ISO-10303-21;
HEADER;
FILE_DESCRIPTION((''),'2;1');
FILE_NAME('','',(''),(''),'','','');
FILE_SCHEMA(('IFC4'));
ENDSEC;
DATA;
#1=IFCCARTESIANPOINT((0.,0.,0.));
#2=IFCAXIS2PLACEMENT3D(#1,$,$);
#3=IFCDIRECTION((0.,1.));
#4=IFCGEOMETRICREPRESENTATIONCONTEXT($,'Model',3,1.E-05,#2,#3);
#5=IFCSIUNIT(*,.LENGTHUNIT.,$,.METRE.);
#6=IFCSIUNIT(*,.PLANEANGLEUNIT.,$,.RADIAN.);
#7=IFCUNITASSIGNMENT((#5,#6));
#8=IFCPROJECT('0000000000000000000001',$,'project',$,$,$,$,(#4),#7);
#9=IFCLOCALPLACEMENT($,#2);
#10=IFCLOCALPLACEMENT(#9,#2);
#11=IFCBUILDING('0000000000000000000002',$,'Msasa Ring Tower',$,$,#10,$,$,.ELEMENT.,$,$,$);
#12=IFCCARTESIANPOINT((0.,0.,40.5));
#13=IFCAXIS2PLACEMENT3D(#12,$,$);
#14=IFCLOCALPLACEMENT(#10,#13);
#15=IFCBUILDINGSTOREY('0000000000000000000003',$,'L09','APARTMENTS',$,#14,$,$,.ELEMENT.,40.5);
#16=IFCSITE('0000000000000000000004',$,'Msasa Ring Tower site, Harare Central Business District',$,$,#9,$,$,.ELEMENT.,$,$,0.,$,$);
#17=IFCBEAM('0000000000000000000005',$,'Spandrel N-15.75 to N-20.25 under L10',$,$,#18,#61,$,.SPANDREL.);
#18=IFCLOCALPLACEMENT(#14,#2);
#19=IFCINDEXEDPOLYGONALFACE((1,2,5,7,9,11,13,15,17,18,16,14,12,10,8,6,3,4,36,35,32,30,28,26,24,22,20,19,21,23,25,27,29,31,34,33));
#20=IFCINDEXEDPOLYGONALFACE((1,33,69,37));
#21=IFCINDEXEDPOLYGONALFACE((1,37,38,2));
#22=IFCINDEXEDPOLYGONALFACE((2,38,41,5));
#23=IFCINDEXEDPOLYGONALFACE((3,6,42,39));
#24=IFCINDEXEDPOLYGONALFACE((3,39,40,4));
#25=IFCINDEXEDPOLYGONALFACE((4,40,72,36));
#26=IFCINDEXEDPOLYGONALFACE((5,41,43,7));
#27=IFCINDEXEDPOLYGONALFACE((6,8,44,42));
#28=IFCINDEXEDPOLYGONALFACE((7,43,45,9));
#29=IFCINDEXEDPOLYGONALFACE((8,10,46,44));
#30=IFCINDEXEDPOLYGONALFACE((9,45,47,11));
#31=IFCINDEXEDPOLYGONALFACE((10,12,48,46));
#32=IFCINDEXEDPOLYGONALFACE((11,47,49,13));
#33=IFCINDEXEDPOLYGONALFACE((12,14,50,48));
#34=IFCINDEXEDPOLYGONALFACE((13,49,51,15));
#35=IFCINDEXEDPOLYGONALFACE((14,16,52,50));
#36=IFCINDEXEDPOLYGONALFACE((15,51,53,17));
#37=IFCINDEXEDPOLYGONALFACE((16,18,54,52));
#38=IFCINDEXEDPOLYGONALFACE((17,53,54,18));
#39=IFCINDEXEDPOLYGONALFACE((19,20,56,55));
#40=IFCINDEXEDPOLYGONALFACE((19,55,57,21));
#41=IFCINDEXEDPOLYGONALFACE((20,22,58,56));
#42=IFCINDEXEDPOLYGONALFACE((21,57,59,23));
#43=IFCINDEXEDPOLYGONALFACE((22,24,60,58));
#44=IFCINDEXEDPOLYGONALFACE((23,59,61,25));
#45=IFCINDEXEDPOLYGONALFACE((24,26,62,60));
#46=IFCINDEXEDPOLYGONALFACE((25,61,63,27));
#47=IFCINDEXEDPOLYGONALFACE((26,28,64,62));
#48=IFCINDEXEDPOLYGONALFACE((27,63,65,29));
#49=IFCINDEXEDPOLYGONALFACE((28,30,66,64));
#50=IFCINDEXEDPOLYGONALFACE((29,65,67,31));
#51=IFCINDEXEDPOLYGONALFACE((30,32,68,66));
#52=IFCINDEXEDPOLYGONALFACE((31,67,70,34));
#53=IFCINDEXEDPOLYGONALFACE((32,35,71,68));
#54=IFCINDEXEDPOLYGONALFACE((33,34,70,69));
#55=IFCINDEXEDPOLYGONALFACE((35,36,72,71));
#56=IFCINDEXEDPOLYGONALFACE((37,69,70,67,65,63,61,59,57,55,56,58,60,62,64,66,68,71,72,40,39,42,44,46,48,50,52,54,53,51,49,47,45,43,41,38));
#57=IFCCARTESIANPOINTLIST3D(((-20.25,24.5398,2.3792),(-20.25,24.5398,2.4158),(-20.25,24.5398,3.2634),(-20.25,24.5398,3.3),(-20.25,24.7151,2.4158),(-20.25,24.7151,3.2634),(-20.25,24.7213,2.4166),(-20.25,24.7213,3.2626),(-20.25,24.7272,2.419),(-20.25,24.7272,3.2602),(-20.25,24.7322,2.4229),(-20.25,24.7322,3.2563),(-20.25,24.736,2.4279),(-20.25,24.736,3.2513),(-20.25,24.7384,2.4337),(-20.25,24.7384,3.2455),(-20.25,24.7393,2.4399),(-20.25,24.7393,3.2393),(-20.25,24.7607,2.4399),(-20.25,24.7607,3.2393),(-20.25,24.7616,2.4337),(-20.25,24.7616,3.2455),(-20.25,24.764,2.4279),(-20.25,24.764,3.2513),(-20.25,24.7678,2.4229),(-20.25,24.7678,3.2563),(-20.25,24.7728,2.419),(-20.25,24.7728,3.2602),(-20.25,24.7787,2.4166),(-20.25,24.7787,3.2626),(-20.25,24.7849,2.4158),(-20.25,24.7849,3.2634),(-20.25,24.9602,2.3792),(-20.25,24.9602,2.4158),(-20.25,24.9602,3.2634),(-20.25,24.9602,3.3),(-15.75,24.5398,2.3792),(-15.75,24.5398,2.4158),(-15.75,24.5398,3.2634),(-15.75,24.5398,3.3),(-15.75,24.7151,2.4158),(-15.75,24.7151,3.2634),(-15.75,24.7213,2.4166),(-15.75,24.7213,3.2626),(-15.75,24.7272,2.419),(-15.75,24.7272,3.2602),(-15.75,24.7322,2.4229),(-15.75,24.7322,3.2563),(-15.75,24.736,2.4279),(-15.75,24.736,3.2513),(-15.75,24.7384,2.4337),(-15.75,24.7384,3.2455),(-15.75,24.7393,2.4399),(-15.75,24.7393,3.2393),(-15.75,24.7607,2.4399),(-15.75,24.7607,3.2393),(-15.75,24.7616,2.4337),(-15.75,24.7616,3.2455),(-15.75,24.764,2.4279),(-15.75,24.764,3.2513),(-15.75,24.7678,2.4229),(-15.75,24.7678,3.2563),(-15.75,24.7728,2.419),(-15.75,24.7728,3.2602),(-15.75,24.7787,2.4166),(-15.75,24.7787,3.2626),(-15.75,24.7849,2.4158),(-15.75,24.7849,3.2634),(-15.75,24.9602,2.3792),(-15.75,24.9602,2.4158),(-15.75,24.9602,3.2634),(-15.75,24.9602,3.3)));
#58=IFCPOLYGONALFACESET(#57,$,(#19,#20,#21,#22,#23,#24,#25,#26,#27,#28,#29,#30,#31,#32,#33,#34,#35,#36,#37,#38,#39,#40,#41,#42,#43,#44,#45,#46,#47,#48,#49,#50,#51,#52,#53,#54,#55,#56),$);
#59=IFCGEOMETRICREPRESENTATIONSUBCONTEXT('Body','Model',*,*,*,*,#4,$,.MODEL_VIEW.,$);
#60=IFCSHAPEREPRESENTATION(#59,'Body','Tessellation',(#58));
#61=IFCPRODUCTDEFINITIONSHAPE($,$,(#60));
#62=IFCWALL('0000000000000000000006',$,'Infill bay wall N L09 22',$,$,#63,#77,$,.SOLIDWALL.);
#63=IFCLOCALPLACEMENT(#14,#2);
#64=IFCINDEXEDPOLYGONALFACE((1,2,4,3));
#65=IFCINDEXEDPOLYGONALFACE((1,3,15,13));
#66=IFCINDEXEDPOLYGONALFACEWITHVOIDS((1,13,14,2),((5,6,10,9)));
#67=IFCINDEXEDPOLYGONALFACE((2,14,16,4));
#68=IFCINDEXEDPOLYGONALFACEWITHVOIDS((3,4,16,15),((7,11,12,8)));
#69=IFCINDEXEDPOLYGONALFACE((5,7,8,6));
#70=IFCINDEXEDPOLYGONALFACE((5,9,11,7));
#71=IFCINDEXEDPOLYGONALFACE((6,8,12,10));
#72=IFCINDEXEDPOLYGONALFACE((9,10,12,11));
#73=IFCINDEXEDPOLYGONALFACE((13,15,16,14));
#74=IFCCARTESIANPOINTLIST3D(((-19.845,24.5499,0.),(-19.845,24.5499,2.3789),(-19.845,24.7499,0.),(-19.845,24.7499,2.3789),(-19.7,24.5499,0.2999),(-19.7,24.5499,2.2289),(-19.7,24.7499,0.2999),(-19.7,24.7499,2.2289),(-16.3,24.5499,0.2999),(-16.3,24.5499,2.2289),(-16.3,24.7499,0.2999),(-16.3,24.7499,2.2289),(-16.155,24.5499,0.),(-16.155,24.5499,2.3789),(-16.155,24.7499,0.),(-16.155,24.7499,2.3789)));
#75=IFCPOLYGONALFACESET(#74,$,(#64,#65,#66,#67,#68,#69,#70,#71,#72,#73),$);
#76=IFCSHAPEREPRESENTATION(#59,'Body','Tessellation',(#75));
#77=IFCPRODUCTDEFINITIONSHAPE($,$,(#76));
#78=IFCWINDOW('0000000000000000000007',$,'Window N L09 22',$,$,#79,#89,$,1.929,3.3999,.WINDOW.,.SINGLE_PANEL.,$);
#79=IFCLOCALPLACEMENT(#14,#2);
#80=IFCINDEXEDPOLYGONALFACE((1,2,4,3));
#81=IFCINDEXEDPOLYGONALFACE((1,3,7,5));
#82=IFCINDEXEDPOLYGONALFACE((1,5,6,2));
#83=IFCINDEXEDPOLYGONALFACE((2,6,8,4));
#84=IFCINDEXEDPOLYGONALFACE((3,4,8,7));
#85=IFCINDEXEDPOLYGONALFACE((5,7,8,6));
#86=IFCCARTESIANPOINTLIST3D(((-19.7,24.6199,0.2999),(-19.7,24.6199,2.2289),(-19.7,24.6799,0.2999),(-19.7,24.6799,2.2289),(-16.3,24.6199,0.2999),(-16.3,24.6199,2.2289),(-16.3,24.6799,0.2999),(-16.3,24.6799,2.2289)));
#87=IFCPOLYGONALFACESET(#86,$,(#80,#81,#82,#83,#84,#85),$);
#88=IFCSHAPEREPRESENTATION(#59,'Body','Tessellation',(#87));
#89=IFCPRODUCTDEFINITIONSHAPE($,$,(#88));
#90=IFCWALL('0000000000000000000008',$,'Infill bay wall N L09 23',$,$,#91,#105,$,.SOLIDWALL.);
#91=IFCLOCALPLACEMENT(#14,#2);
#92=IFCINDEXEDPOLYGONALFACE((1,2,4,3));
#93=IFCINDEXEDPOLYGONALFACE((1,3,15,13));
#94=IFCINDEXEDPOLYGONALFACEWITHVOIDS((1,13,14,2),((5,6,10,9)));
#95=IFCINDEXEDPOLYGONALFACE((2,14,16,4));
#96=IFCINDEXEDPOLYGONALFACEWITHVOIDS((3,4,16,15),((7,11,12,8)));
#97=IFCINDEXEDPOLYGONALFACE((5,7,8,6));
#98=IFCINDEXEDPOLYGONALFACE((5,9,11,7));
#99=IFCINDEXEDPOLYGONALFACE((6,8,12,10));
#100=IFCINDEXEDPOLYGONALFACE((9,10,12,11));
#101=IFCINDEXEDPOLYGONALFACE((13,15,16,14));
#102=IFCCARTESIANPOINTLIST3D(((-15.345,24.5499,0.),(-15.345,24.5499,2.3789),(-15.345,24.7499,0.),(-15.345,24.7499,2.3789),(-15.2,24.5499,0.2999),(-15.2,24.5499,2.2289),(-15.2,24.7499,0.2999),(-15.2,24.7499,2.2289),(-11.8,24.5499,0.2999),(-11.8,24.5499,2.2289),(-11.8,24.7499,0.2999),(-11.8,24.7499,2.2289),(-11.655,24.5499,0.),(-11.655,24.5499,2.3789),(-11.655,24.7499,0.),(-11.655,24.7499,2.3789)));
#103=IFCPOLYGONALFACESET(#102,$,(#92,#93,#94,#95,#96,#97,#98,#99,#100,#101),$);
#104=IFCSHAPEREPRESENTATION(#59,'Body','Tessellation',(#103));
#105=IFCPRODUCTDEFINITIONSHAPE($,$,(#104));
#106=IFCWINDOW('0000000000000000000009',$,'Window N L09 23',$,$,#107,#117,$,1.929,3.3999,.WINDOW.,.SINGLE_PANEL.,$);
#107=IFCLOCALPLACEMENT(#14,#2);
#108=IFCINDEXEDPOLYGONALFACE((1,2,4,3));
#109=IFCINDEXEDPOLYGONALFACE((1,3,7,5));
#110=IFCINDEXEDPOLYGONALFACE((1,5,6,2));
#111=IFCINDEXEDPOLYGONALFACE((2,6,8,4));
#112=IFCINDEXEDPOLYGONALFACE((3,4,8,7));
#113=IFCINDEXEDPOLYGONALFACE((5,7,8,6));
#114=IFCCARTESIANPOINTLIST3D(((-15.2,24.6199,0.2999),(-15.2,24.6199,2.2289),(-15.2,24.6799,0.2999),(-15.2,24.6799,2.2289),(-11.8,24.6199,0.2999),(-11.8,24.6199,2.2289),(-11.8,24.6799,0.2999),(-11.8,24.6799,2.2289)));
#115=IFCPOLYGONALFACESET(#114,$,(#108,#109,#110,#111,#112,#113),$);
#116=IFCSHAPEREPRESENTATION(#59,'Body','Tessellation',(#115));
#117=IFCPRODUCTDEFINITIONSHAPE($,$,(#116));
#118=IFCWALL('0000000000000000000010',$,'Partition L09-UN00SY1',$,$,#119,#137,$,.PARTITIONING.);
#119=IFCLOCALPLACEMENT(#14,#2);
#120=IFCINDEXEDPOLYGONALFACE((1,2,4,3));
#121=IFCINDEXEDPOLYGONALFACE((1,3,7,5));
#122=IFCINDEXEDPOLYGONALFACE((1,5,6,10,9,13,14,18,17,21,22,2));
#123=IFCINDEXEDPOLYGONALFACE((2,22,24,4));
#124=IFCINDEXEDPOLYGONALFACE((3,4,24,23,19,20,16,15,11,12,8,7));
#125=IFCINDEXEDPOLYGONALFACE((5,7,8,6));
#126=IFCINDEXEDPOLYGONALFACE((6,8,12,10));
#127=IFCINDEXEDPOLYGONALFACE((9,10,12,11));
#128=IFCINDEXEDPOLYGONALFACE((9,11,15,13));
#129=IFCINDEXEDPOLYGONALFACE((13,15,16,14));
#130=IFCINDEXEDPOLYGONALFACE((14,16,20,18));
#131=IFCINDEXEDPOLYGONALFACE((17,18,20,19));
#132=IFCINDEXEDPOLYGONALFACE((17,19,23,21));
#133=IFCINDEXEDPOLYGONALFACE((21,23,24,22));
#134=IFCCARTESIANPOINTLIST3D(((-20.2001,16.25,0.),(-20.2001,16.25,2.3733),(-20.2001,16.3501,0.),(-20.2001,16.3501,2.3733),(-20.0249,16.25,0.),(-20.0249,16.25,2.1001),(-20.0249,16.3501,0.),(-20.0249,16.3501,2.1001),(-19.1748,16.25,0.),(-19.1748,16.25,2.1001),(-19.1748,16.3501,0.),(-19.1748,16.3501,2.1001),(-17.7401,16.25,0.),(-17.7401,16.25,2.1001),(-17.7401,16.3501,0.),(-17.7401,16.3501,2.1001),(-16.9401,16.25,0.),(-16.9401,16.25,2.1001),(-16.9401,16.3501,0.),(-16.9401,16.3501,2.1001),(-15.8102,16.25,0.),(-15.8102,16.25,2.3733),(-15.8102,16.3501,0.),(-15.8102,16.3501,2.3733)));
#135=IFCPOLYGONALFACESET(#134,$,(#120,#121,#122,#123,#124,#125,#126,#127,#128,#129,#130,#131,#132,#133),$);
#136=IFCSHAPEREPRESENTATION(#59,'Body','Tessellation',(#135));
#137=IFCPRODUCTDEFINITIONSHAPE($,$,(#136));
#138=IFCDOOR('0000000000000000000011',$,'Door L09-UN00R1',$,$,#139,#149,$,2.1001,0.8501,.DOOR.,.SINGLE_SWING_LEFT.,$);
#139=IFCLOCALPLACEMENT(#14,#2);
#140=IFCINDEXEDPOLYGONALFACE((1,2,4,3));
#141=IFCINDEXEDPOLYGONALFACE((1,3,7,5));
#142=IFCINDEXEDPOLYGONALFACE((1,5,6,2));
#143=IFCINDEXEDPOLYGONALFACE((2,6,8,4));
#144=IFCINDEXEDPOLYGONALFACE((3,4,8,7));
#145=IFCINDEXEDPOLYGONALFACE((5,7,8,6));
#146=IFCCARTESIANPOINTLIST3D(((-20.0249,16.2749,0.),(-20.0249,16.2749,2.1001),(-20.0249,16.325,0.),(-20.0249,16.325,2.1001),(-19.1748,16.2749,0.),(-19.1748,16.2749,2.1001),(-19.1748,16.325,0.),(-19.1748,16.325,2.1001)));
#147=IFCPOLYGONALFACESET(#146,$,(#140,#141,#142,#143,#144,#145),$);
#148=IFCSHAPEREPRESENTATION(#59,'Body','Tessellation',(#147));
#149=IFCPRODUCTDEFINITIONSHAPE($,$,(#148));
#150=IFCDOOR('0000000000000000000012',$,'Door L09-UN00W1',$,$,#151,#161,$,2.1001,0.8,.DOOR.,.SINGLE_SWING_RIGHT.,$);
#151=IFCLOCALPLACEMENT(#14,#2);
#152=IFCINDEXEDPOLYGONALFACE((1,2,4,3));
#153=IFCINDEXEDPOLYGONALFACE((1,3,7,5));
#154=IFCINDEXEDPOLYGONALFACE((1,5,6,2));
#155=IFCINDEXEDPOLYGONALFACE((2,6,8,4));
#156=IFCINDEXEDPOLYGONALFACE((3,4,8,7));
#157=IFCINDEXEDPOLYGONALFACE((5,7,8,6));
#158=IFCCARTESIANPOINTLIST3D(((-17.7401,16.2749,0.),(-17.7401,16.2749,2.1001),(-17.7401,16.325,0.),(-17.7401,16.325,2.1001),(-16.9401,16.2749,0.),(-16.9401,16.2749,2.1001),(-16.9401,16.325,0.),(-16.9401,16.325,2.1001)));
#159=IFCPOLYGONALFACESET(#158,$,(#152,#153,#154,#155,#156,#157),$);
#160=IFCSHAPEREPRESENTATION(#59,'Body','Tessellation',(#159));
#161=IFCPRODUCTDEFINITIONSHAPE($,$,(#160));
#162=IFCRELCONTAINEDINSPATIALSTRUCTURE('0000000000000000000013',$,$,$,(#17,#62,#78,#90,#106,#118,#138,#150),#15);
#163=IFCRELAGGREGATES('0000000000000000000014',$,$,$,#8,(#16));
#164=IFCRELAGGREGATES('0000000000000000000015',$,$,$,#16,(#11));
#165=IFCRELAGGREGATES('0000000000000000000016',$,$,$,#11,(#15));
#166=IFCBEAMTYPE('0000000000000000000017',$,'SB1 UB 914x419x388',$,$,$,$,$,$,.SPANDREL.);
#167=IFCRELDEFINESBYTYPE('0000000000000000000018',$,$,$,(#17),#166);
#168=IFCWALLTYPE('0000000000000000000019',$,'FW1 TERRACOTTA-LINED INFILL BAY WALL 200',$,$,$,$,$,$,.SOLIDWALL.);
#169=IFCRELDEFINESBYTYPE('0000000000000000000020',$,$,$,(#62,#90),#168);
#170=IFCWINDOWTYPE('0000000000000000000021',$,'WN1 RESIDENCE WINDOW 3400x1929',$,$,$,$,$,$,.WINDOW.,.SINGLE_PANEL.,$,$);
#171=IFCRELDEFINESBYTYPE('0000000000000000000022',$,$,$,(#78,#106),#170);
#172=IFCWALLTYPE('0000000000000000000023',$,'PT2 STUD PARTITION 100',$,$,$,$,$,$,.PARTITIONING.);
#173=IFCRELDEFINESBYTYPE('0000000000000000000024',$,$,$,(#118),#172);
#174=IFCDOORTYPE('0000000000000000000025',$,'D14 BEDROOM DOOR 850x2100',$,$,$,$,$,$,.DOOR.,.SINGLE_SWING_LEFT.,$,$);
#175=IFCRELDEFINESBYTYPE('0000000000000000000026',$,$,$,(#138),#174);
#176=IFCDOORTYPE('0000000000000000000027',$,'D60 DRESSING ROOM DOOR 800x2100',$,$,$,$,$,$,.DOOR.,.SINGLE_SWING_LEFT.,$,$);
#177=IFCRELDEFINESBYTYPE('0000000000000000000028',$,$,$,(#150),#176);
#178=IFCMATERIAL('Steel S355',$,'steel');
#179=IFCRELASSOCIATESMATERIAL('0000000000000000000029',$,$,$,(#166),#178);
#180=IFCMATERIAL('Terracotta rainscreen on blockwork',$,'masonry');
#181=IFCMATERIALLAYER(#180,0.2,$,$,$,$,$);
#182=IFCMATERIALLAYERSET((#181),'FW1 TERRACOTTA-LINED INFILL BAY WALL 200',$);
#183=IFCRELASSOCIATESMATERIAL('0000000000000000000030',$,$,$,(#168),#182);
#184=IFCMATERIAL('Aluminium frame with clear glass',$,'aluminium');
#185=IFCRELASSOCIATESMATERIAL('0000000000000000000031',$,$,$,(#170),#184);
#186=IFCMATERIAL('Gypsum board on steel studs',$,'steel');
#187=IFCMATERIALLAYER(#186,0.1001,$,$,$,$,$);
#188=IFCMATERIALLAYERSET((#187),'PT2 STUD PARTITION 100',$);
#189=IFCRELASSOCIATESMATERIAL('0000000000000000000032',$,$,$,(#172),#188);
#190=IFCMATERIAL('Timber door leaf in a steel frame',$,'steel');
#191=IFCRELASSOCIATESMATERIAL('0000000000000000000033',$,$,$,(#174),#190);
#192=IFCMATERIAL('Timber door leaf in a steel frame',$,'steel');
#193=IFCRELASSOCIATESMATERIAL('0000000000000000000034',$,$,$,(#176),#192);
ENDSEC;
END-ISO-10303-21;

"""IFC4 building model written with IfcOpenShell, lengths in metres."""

from ifc_helpers import new_model, si_unit, direction, frame, frame_2d, origin, origin_2d, place, context, subcontext, project, spatial, rectangle, i_section, extrude, material, layer, layer_set, material_profile, profile_set, type_object, element, fill, save


model = new_model("IFC4")

# Units and contexts
model_context = context("Model", 3, precision=1e-05, world=origin(), true_north=direction((0.0, 1.0)))
body_context = subcontext(model_context, "Body", "Model", "MODEL_VIEW")
ifc_project = project(units=[si_unit("LENGTHUNIT", "METRE"), si_unit("PLANEANGLEUNIT", "RADIAN")], contexts=[model_context])

# Site, building, storey
site_placement = place(None, origin())
site = spatial("IfcSite", under=ifc_project, at=site_placement, Name="Msasa Ring Tower site, Harare Central Business District", CompositionType="ELEMENT", RefElevation=0.0)
building_placement = place(site_placement, origin())
building = spatial("IfcBuilding", under=site, at=building_placement, Name="Msasa Ring Tower", CompositionType="ELEMENT")
storey_placement = place(building_placement, frame((0.0, 0.0, 40.5)))
storey = spatial("IfcBuildingStorey", under=building, at=storey_placement, Name="L09", Description="APARTMENTS", CompositionType="ELEMENT", Elevation=40.5)

# Beam
ifc_material_1 = material(Name="Steel S355", Category="steel")
ifc_material_profile_1 = material_profile(ifc_material_1, i_section(OverallWidth=0.4204, OverallDepth=0.9209, WebThickness=0.0215, FlangeThickness=0.0366, FilletRadius=0.0242, at=origin_2d()), Name="UB 914x419x388")
ifc_profile_set_1 = profile_set([ifc_material_profile_1], Name="Steel S355")
beam_type_1 = type_object("IfcBeamType", Name="SB1 UB 914x419x388", PredefinedType="SPANDREL", material=ifc_profile_set_1)
for number, where, z_axis, x_axis, name in (
    (1, (-15.75, 24.75, 2.8396), (-1.0, 0.0, 0.0), (0.0, -1.0, 0.0), "Spandrel N-15.75 to N-20.25 under L10"),
):
    element("IfcBeam", number, at=place(storey_placement, frame(where, z_axis=z_axis, x_axis=x_axis)), inside=storey, type_object=beam_type_1, Name=name, PredefinedType="SPANDREL", context=body_context, shape_type="SweptSolid", body=[
        extrude(i_section(OverallWidth=0.4204, OverallDepth=0.9209, WebThickness=0.0215, FlangeThickness=0.0366, FilletRadius=0.0242, at=origin_2d()), origin(), (0.0, 0.0, 1.0), 4.5),
    ])

# Walls, openings, windows
ifc_material_2 = material(Name="Terracotta rainscreen on blockwork", Category="masonry")
ifc_layer_1 = layer(ifc_material_2, 0.2)
ifc_layer_set_1 = layer_set([ifc_layer_1], Name="FW1 TERRACOTTA-LINED INFILL BAY WALL 200")
wall_type_1 = type_object("IfcWallType", Name="FW1 TERRACOTTA-LINED INFILL BAY WALL 200", PredefinedType="SOLIDWALL", material=ifc_layer_set_1)
wall_1_placement = place(storey_placement, frame((-19.845, 24.6499, 0.0), z_axis=(0.0, 0.0, 1.0), x_axis=(1.0, 0.0, 0.0)))
wall_1 = element("IfcWall", 2, at=wall_1_placement, inside=storey, type_object=wall_type_1, Name="Infill bay wall N L09 22", PredefinedType="SOLIDWALL", context=body_context, shape_type="SweptSolid", body=[
    extrude(rectangle(XDim=3.6899, YDim=0.2, at=frame_2d((1.845, 0.0))), origin(), (0.0, 0.0, 1.0), 2.3789),
])
opening_1_placement = place(wall_1_placement, frame((0.145, 0.0, 0.3)))
opening_1 = element("IfcOpeningElement", 3, at=opening_1_placement, cuts=wall_1, PredefinedType="OPENING", context=body_context, shape_type="SweptSolid", body=[
    extrude(rectangle(XDim=3.3999, YDim=1.929, at=frame_2d((1.7, 0.9644))), frame((0.0, 0.1099, 0.0), z_axis=(0.0, -1.0, 0.0), x_axis=(1.0, 0.0, 0.0)), (0.0, 0.0, 1.0), 0.22),
])
ifc_material_3 = material(Name="Aluminium frame with clear glass", Category="aluminium")
window_type = type_object("IfcWindowType", Name="WN1 RESIDENCE WINDOW 3400x1929", PartitioningType="SINGLE_PANEL", PredefinedType="WINDOW", material=ifc_material_3)
window_1_placement = place(opening_1_placement, origin())
window_1 = element("IfcWindow", 4, at=window_1_placement, inside=storey, type_object=window_type, Name="Window N L09 22", OverallHeight=1.929, OverallWidth=3.3999, PartitioningType="SINGLE_PANEL", PredefinedType="WINDOW", context=body_context, shape_type="SweptSolid", body=[
    extrude(rectangle(XDim=3.3999, YDim=1.929, at=frame_2d((1.7, 0.9644))), frame((0.0, 0.03, 0.0), z_axis=(0.0, -1.0, 0.0), x_axis=(1.0, 0.0, 0.0)), (0.0, 0.0, 1.0), 0.0601),
])
fill(opening_1, window_1)
wall_2_placement = place(storey_placement, frame((-15.345, 24.6499, 0.0), z_axis=(0.0, 0.0, 1.0), x_axis=(1.0, 0.0, 0.0)))
wall_2 = element("IfcWall", 5, at=wall_2_placement, inside=storey, type_object=wall_type_1, Name="Infill bay wall N L09 23", PredefinedType="SOLIDWALL", context=body_context, shape_type="SweptSolid", body=[
    extrude(rectangle(XDim=3.6899, YDim=0.2, at=frame_2d((1.845, 0.0))), origin(), (0.0, 0.0, 1.0), 2.3789),
])
opening_2_placement = place(wall_2_placement, frame((0.145, 0.0, 0.3)))
opening_2 = element("IfcOpeningElement", 6, at=opening_2_placement, cuts=wall_2, PredefinedType="OPENING", context=body_context, shape_type="SweptSolid", body=[
    extrude(rectangle(XDim=3.3999, YDim=1.929, at=frame_2d((1.7, 0.9644))), frame((0.0, 0.1099, 0.0), z_axis=(0.0, -1.0, 0.0), x_axis=(1.0, 0.0, 0.0)), (0.0, 0.0, 1.0), 0.22),
])
window_2_placement = place(opening_2_placement, origin())
window_2 = element("IfcWindow", 7, at=window_2_placement, inside=storey, type_object=window_type, Name="Window N L09 23", OverallHeight=1.929, OverallWidth=3.3999, PartitioningType="SINGLE_PANEL", PredefinedType="WINDOW", context=body_context, shape_type="SweptSolid", body=[
    extrude(rectangle(XDim=3.3999, YDim=1.929, at=frame_2d((1.7, 0.9644))), frame((0.0, 0.03, 0.0), z_axis=(0.0, -1.0, 0.0), x_axis=(1.0, 0.0, 0.0)), (0.0, 0.0, 1.0), 0.0601),
])
fill(opening_2, window_2)

# Wall, openings, doors
ifc_material_4 = material(Name="Gypsum board on steel studs", Category="steel")
ifc_layer_2 = layer(ifc_material_4, 0.1001)
ifc_layer_set_2 = layer_set([ifc_layer_2], Name="PT2 STUD PARTITION 100")
wall_type_2 = type_object("IfcWallType", Name="PT2 STUD PARTITION 100", PredefinedType="PARTITIONING", material=ifc_layer_set_2)
wall_3_placement = place(storey_placement, frame((-20.2, 16.3, 0.0), z_axis=(0.0, 0.0, 1.0), x_axis=(1.0, 0.0, 0.0)))
wall_3 = element("IfcWall", 8, at=wall_3_placement, inside=storey, type_object=wall_type_2, Name="Partition L09-UN00SY1", PredefinedType="PARTITIONING", context=body_context, shape_type="SweptSolid", body=[
    extrude(rectangle(XDim=4.3899, YDim=0.1001, at=frame_2d((2.1948, 0.0))), origin(), (0.0, 0.0, 1.0), 2.3733),
])
opening_3_placement = place(wall_3_placement, frame((0.175, 0.0, 0.0)))
opening_3 = element("IfcOpeningElement", 9, at=opening_3_placement, cuts=wall_3, PredefinedType="OPENING", context=body_context, shape_type="SweptSolid", body=[
    extrude(rectangle(XDim=0.8501, YDim=2.1001, at=frame_2d((0.425, 1.05))), frame((0.0, 0.0601, 0.0), z_axis=(0.0, -1.0, 0.0), x_axis=(1.0, 0.0, 0.0)), (0.0, 0.0, 1.0), 0.1201),
])
opening_4_placement = place(wall_3_placement, frame((2.46, 0.0, 0.0)))
opening_4 = element("IfcOpeningElement", 10, at=opening_4_placement, cuts=wall_3, PredefinedType="OPENING", context=body_context, shape_type="SweptSolid", body=[
    extrude(rectangle(XDim=0.8, YDim=2.1001, at=frame_2d((0.3999, 1.05))), frame((0.0, 0.0601, 0.0), z_axis=(0.0, -1.0, 0.0), x_axis=(1.0, 0.0, 0.0)), (0.0, 0.0, 1.0), 0.1201),
])
ifc_material_5 = material(Name="Timber door leaf in a steel frame", Category="steel")
door_type_1 = type_object("IfcDoorType", Name="D14 BEDROOM DOOR 850x2100", OperationType="SINGLE_SWING_LEFT", PredefinedType="DOOR", material=ifc_material_5)
door_1_placement = place(opening_3_placement, origin())
door_1 = element("IfcDoor", 11, at=door_1_placement, inside=storey, type_object=door_type_1, Name="Door L09-UN00R1", OperationType="SINGLE_SWING_LEFT", OverallHeight=2.1001, OverallWidth=0.8501, PredefinedType="DOOR", context=body_context, shape_type="SweptSolid", body=[
    extrude(rectangle(XDim=0.8501, YDim=2.1001, at=frame_2d((0.425, 1.05))), frame((0.0, 0.0249, 0.0), z_axis=(0.0, -1.0, 0.0), x_axis=(1.0, 0.0, 0.0)), (0.0, 0.0, 1.0), 0.05),
])
fill(opening_3, door_1)
ifc_material_6 = material(Name="Timber door leaf in a steel frame", Category="steel")
door_type_2 = type_object("IfcDoorType", Name="D60 DRESSING ROOM DOOR 800x2100", OperationType="SINGLE_SWING_LEFT", PredefinedType="DOOR", material=ifc_material_6)
door_2_placement = place(opening_4_placement, origin())
door_2 = element("IfcDoor", 12, at=door_2_placement, inside=storey, type_object=door_type_2, Name="Door L09-UN00W1", OperationType="SINGLE_SWING_RIGHT", OverallHeight=2.1001, OverallWidth=0.8, PredefinedType="DOOR", context=body_context, shape_type="SweptSolid", body=[
    extrude(rectangle(XDim=0.8, YDim=2.1001, at=frame_2d((0.3999, 1.05))), frame((0.0, 0.0249, 0.0), z_axis=(0.0, -1.0, 0.0), x_axis=(1.0, 0.0, 0.0)), (0.0, 0.0, 1.0), 0.05),
])
fill(opening_4, door_2)

save(model, "model.ifc")
